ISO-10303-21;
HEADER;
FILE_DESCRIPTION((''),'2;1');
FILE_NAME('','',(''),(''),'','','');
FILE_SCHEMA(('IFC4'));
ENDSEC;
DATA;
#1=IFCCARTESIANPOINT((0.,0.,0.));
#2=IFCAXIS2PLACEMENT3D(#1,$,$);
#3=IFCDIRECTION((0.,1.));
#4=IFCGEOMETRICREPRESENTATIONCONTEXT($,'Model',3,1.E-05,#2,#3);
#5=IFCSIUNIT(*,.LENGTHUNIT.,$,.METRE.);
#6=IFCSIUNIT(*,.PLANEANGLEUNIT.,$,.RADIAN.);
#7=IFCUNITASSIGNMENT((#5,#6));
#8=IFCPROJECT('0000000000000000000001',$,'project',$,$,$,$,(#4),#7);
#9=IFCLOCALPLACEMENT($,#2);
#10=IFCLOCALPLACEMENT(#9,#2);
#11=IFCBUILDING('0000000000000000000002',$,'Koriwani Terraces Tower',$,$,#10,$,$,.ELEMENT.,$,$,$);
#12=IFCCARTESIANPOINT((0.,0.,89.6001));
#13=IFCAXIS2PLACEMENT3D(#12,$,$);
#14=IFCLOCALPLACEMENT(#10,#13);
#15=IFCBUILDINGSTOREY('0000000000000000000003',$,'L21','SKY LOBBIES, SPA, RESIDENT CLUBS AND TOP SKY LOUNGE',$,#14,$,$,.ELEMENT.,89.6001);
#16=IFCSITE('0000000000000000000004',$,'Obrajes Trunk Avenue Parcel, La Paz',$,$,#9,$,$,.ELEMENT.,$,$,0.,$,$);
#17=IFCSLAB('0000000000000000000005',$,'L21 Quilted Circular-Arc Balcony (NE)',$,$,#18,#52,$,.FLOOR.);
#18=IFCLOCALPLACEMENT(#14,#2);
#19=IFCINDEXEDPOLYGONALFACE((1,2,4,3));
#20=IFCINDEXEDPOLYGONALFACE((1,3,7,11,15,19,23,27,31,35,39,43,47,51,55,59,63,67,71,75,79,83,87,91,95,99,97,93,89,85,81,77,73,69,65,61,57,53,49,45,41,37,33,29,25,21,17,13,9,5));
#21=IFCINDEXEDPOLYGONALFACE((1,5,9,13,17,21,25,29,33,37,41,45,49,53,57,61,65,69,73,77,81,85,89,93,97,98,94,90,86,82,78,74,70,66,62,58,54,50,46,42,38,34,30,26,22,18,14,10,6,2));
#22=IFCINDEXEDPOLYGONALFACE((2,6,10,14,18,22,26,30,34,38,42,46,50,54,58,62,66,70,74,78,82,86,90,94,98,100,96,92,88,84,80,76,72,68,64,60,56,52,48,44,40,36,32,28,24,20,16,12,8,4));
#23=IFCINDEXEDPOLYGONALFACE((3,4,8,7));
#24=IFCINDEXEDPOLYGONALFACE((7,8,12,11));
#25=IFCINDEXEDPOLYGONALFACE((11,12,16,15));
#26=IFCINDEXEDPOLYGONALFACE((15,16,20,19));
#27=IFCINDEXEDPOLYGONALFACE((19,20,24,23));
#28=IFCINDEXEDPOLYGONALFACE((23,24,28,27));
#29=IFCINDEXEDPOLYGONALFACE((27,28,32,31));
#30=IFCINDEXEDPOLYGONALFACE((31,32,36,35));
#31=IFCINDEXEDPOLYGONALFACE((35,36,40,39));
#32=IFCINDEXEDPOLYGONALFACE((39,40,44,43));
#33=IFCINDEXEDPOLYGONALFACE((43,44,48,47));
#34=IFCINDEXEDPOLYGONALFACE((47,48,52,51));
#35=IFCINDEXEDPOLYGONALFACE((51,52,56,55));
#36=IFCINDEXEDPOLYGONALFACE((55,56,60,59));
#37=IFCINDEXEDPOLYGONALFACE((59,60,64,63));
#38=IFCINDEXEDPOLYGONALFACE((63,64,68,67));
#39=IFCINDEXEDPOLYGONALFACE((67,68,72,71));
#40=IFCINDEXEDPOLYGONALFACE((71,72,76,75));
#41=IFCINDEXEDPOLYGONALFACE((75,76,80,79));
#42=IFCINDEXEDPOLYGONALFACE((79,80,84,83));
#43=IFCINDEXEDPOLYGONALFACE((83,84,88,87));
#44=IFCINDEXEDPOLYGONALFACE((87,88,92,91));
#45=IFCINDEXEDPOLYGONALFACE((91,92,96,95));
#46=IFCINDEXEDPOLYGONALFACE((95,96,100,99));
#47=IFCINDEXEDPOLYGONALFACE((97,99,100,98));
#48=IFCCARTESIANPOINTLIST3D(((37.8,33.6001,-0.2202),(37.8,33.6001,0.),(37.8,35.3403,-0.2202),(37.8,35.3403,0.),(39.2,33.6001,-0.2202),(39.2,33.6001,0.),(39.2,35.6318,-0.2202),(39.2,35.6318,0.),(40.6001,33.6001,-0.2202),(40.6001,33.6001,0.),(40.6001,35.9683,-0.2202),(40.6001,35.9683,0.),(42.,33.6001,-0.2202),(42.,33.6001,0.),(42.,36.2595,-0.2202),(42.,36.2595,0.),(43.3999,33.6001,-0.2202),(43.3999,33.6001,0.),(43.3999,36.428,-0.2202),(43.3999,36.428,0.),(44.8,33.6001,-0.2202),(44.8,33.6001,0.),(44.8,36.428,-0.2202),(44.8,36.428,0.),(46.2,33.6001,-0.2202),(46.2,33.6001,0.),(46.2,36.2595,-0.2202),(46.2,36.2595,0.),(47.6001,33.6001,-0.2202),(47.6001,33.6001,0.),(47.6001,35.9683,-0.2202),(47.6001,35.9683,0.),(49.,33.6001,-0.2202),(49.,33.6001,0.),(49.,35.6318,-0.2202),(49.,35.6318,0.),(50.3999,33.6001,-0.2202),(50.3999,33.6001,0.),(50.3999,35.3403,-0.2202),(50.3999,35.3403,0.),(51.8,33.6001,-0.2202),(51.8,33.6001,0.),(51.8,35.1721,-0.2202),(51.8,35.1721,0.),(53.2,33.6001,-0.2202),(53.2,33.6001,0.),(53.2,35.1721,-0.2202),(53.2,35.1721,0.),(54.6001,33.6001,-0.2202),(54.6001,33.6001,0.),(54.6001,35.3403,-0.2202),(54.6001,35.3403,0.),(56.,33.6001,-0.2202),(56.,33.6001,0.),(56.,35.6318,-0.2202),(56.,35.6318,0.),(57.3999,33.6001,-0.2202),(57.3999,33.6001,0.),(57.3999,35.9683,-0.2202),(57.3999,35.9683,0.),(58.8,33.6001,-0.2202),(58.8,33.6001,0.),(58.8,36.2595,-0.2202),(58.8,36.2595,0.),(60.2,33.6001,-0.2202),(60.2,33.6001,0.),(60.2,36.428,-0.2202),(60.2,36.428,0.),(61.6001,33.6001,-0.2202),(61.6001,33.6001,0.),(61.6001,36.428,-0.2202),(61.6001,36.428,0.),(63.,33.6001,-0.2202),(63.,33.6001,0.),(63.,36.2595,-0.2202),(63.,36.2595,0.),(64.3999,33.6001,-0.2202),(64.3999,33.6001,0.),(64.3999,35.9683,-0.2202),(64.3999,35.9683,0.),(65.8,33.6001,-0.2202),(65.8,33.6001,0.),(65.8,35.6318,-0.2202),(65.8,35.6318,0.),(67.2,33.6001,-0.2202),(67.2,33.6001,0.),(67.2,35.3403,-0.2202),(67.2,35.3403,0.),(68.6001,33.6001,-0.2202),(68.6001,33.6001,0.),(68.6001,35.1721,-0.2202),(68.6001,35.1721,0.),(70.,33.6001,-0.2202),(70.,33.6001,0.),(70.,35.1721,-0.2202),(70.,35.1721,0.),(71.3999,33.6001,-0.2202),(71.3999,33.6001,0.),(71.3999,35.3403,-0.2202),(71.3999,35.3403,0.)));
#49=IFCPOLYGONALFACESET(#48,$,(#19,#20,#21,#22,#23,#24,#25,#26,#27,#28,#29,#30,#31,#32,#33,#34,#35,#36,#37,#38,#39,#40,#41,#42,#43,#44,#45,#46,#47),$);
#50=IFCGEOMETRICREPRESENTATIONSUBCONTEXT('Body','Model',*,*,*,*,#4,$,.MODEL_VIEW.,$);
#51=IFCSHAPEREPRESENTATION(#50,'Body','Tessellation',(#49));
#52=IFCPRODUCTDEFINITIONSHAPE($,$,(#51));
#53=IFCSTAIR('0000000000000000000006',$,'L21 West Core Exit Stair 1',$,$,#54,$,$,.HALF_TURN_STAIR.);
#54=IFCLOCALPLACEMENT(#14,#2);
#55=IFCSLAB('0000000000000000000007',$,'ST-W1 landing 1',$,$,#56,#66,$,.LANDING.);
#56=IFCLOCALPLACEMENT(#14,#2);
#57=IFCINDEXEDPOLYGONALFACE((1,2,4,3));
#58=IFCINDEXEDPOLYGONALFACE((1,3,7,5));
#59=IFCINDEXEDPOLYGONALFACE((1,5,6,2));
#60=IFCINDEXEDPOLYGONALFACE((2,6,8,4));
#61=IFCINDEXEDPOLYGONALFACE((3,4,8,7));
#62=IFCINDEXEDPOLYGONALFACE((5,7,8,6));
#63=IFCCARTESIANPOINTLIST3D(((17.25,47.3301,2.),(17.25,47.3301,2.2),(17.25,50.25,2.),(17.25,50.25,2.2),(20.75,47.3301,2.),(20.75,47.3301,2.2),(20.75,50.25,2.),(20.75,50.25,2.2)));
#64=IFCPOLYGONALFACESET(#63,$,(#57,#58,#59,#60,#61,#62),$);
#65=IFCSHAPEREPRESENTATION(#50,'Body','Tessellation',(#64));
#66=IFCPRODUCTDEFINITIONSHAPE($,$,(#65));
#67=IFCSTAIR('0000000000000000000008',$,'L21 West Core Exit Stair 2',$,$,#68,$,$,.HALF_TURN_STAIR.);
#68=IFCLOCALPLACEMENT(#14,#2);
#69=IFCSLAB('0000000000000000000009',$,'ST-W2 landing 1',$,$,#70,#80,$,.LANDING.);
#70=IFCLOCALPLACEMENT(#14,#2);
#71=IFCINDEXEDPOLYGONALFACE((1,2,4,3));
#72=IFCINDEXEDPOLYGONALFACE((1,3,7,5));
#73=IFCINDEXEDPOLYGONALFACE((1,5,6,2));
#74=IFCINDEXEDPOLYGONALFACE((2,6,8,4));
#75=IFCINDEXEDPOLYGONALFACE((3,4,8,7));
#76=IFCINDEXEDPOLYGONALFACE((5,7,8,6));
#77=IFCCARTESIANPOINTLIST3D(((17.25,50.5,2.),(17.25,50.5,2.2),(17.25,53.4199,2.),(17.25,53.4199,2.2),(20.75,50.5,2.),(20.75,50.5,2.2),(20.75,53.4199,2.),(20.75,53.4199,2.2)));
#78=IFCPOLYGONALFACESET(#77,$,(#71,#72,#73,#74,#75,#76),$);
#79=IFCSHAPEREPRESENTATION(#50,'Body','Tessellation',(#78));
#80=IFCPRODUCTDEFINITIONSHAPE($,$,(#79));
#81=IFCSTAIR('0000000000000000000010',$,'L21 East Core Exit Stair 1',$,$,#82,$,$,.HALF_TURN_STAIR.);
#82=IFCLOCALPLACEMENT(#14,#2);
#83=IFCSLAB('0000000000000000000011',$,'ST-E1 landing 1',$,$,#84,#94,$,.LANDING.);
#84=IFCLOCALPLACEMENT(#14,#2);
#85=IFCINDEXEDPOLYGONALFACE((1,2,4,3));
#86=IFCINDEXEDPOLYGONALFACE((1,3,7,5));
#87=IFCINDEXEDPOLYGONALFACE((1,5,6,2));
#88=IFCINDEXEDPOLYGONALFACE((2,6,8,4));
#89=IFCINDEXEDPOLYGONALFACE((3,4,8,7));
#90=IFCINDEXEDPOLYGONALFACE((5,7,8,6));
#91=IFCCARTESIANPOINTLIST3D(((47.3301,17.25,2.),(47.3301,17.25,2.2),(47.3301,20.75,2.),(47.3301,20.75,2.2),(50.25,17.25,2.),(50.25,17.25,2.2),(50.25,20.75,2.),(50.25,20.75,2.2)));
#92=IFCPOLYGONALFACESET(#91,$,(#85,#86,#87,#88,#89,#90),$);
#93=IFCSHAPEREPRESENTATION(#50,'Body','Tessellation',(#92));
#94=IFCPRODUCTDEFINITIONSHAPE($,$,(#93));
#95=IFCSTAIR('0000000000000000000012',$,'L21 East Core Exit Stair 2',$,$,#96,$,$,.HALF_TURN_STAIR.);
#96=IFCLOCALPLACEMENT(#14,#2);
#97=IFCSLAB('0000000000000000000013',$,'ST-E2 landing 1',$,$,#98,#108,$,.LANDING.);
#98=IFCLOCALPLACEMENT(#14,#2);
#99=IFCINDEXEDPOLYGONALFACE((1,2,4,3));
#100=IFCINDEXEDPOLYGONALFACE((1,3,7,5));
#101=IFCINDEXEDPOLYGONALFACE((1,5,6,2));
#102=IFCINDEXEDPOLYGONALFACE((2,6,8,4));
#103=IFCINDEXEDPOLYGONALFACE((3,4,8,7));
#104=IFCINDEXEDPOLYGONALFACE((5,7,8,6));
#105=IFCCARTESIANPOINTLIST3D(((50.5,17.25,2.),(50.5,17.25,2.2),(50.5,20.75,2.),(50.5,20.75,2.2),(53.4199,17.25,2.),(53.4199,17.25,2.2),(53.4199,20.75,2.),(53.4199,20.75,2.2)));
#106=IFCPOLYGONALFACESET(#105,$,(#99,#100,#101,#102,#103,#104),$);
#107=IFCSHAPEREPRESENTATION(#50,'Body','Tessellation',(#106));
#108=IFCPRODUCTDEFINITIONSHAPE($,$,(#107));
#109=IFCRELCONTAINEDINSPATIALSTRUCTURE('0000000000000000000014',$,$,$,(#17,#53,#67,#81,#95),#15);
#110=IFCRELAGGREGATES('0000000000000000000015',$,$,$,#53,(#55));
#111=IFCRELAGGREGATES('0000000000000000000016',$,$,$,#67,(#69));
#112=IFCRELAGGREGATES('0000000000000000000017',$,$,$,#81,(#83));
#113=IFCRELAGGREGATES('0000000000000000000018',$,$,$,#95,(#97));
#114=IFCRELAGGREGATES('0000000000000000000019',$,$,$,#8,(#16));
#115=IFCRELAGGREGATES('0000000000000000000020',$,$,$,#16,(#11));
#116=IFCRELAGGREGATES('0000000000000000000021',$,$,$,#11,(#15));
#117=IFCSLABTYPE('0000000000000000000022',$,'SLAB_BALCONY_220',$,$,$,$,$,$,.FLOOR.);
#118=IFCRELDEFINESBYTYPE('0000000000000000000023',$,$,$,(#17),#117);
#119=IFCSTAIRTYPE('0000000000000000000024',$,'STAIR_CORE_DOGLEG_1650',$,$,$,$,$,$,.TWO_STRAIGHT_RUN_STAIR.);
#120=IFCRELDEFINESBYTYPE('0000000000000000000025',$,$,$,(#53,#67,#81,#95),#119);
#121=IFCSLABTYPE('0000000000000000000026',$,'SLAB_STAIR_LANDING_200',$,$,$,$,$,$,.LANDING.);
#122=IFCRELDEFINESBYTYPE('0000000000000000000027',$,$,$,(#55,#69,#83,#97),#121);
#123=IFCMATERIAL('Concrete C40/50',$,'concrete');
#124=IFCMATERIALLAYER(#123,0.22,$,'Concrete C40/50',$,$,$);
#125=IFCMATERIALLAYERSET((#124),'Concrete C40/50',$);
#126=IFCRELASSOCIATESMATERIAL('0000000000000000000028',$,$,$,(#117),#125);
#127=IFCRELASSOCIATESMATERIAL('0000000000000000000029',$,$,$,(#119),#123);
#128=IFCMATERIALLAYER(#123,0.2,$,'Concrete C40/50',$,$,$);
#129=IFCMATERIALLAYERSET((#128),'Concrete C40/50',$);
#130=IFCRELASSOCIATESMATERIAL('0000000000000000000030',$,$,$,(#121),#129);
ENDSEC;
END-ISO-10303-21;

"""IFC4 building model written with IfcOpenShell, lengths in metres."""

from ifc_helpers import new_model, si_unit, direction, frame, origin, place, context, subcontext, project, spatial, polyline, outline, extrude, material, layer, layer_set, type_object, element, aggregate, save


model = new_model("IFC4")

# Units and contexts
model_context = context("Model", 3, precision=1e-05, world=origin(), true_north=direction((0.0, 1.0)))
body_context = subcontext(model_context, "Body", "Model", "MODEL_VIEW")
ifc_project = project(units=[si_unit("LENGTHUNIT", "METRE"), si_unit("PLANEANGLEUNIT", "RADIAN")], contexts=[model_context])

# Site, building, storey
site_placement = place(None, origin())
site = spatial("IfcSite", under=ifc_project, at=site_placement, Name="Obrajes Trunk Avenue Parcel, La Paz", CompositionType="ELEMENT", RefElevation=0.0)
building_placement = place(site_placement, origin())
building = spatial("IfcBuilding", under=site, at=building_placement, Name="Koriwani Terraces Tower", CompositionType="ELEMENT")
storey_placement = place(building_placement, frame((0.0, 0.0, 89.6001)))
storey = spatial("IfcBuildingStorey", under=building, at=storey_placement, Name="L21", Description="SKY LOBBIES, SPA, RESIDENT CLUBS AND TOP SKY LOUNGE", CompositionType="ELEMENT", Elevation=89.6001)

# Shared definitions
ifc_material_1 = material(Name="Concrete C40/50", Category="concrete")

# Slab
ifc_layer_1 = layer(ifc_material_1, 0.22, Name="Concrete C40/50")
ifc_layer_set_1 = layer_set([ifc_layer_1], Name="Concrete C40/50")
slab_type_1 = type_object("IfcSlabType", Name="SLAB_BALCONY_220", PredefinedType="FLOOR", material=ifc_layer_set_1)
slab_1_placement = place(storey_placement, frame((0.0, 0.0, -0.2202)))
element("IfcSlab", 1, at=slab_1_placement, inside=storey, type_object=slab_type_1, Name="L21 Quilted Circular-Arc Balcony (NE)", PredefinedType="FLOOR", context=body_context, shape_type="SweptSolid", body=[
    extrude(outline(polyline([(71.3999, 33.6001), (70.0, 33.6001), (68.6001, 33.6001), (67.2, 33.6001), (65.8, 33.6001), (64.3999, 33.6001), (63.0, 33.6001), (61.6001, 33.6001), (60.2, 33.6001), (58.8, 33.6001), (57.3999, 33.6001), (56.0, 33.6001), (54.6001, 33.6001), (53.2, 33.6001), (51.8, 33.6001), (50.3999, 33.6001), (49.0, 33.6001), (47.6001, 33.6001), (46.2, 33.6001), (44.8, 33.6001), (43.3999, 33.6001), (42.0, 33.6001), (40.6001, 33.6001), (39.2, 33.6001), (37.8, 33.6001), (37.8, 35.3403), (39.2, 35.6318), (40.6001, 35.9683), (42.0, 36.2595), (43.3999, 36.428), (44.8, 36.428), (46.2, 36.2595), (47.6001, 35.9683), (49.0, 35.6318), (50.3999, 35.3403), (51.8, 35.1721), (53.2, 35.1721), (54.6001, 35.3403), (56.0, 35.6318), (57.3999, 35.9683), (58.8, 36.2595), (60.2, 36.428), (61.6001, 36.428), (63.0, 36.2595), (64.3999, 35.9683), (65.8, 35.6318), (67.2, 35.3403), (68.6001, 35.1721), (70.0, 35.1721), (71.3999, 35.3403), (71.3999, 33.6001)])), origin(), (0.0, 0.0, 1.0), 0.2202),
])

# Stairs, slabs
stair_type = type_object("IfcStairType", Name="STAIR_CORE_DOGLEG_1650", PredefinedType="TWO_STRAIGHT_RUN_STAIR", material=ifc_material_1)
stair_1_placement = place(storey_placement, origin())
stair_1 = element("IfcStair", 2, at=stair_1_placement, inside=storey, type_object=stair_type, Name="L21 West Core Exit Stair 1", PredefinedType="HALF_TURN_STAIR")
ifc_layer_2 = layer(ifc_material_1, 0.2, Name="Concrete C40/50")
ifc_layer_set_2 = layer_set([ifc_layer_2], Name="Concrete C40/50")
slab_type_2 = type_object("IfcSlabType", Name="SLAB_STAIR_LANDING_200", PredefinedType="LANDING", material=ifc_layer_set_2)
slab_2_placement = place(storey_placement, frame((0.0, 0.0, 2.0)))
slab_2 = element("IfcSlab", 3, at=slab_2_placement, type_object=slab_type_2, Name="ST-W1 landing 1", PredefinedType="LANDING", context=body_context, shape_type="SweptSolid", body=[
    extrude(outline(polyline([(20.75, 47.3301), (20.75, 50.25), (17.25, 50.25), (17.25, 47.3301), (20.75, 47.3301)])), origin(), (0.0, 0.0, 1.0), 0.2),
])
aggregate(stair_1, [slab_2])
stair_2_placement = place(storey_placement, origin())
stair_2 = element("IfcStair", 4, at=stair_2_placement, inside=storey, type_object=stair_type, Name="L21 West Core Exit Stair 2", PredefinedType="HALF_TURN_STAIR")
slab_3_placement = place(storey_placement, frame((0.0, 0.0, 2.0)))
slab_3 = element("IfcSlab", 5, at=slab_3_placement, type_object=slab_type_2, Name="ST-W2 landing 1", PredefinedType="LANDING", context=body_context, shape_type="SweptSolid", body=[
    extrude(outline(polyline([(17.25, 53.4199), (17.25, 50.5), (20.75, 50.5), (20.75, 53.4199), (17.25, 53.4199)])), origin(), (0.0, 0.0, 1.0), 0.2),
])
aggregate(stair_2, [slab_3])
stair_3_placement = place(storey_placement, origin())
stair_3 = element("IfcStair", 6, at=stair_3_placement, inside=storey, type_object=stair_type, Name="L21 East Core Exit Stair 1", PredefinedType="HALF_TURN_STAIR")
slab_4_placement = place(storey_placement, frame((0.0, 0.0, 2.0)))
slab_4 = element("IfcSlab", 7, at=slab_4_placement, type_object=slab_type_2, Name="ST-E1 landing 1", PredefinedType="LANDING", context=body_context, shape_type="SweptSolid", body=[
    extrude(outline(polyline([(47.3301, 17.25), (50.25, 17.25), (50.25, 20.75), (47.3301, 20.75), (47.3301, 17.25)])), origin(), (0.0, 0.0, 1.0), 0.2),
])
aggregate(stair_3, [slab_4])
stair_4_placement = place(storey_placement, origin())
stair_4 = element("IfcStair", 8, at=stair_4_placement, inside=storey, type_object=stair_type, Name="L21 East Core Exit Stair 2", PredefinedType="HALF_TURN_STAIR")
slab_5_placement = place(storey_placement, frame((0.0, 0.0, 2.0)))
slab_5 = element("IfcSlab", 9, at=slab_5_placement, type_object=slab_type_2, Name="ST-E2 landing 1", PredefinedType="LANDING", context=body_context, shape_type="SweptSolid", body=[
    extrude(outline(polyline([(53.4199, 20.75), (50.5, 20.75), (50.5, 17.25), (53.4199, 17.25), (53.4199, 20.75)])), origin(), (0.0, 0.0, 1.0), 0.2),
])
aggregate(stair_4, [slab_5])

save(model, "model.ifc")
